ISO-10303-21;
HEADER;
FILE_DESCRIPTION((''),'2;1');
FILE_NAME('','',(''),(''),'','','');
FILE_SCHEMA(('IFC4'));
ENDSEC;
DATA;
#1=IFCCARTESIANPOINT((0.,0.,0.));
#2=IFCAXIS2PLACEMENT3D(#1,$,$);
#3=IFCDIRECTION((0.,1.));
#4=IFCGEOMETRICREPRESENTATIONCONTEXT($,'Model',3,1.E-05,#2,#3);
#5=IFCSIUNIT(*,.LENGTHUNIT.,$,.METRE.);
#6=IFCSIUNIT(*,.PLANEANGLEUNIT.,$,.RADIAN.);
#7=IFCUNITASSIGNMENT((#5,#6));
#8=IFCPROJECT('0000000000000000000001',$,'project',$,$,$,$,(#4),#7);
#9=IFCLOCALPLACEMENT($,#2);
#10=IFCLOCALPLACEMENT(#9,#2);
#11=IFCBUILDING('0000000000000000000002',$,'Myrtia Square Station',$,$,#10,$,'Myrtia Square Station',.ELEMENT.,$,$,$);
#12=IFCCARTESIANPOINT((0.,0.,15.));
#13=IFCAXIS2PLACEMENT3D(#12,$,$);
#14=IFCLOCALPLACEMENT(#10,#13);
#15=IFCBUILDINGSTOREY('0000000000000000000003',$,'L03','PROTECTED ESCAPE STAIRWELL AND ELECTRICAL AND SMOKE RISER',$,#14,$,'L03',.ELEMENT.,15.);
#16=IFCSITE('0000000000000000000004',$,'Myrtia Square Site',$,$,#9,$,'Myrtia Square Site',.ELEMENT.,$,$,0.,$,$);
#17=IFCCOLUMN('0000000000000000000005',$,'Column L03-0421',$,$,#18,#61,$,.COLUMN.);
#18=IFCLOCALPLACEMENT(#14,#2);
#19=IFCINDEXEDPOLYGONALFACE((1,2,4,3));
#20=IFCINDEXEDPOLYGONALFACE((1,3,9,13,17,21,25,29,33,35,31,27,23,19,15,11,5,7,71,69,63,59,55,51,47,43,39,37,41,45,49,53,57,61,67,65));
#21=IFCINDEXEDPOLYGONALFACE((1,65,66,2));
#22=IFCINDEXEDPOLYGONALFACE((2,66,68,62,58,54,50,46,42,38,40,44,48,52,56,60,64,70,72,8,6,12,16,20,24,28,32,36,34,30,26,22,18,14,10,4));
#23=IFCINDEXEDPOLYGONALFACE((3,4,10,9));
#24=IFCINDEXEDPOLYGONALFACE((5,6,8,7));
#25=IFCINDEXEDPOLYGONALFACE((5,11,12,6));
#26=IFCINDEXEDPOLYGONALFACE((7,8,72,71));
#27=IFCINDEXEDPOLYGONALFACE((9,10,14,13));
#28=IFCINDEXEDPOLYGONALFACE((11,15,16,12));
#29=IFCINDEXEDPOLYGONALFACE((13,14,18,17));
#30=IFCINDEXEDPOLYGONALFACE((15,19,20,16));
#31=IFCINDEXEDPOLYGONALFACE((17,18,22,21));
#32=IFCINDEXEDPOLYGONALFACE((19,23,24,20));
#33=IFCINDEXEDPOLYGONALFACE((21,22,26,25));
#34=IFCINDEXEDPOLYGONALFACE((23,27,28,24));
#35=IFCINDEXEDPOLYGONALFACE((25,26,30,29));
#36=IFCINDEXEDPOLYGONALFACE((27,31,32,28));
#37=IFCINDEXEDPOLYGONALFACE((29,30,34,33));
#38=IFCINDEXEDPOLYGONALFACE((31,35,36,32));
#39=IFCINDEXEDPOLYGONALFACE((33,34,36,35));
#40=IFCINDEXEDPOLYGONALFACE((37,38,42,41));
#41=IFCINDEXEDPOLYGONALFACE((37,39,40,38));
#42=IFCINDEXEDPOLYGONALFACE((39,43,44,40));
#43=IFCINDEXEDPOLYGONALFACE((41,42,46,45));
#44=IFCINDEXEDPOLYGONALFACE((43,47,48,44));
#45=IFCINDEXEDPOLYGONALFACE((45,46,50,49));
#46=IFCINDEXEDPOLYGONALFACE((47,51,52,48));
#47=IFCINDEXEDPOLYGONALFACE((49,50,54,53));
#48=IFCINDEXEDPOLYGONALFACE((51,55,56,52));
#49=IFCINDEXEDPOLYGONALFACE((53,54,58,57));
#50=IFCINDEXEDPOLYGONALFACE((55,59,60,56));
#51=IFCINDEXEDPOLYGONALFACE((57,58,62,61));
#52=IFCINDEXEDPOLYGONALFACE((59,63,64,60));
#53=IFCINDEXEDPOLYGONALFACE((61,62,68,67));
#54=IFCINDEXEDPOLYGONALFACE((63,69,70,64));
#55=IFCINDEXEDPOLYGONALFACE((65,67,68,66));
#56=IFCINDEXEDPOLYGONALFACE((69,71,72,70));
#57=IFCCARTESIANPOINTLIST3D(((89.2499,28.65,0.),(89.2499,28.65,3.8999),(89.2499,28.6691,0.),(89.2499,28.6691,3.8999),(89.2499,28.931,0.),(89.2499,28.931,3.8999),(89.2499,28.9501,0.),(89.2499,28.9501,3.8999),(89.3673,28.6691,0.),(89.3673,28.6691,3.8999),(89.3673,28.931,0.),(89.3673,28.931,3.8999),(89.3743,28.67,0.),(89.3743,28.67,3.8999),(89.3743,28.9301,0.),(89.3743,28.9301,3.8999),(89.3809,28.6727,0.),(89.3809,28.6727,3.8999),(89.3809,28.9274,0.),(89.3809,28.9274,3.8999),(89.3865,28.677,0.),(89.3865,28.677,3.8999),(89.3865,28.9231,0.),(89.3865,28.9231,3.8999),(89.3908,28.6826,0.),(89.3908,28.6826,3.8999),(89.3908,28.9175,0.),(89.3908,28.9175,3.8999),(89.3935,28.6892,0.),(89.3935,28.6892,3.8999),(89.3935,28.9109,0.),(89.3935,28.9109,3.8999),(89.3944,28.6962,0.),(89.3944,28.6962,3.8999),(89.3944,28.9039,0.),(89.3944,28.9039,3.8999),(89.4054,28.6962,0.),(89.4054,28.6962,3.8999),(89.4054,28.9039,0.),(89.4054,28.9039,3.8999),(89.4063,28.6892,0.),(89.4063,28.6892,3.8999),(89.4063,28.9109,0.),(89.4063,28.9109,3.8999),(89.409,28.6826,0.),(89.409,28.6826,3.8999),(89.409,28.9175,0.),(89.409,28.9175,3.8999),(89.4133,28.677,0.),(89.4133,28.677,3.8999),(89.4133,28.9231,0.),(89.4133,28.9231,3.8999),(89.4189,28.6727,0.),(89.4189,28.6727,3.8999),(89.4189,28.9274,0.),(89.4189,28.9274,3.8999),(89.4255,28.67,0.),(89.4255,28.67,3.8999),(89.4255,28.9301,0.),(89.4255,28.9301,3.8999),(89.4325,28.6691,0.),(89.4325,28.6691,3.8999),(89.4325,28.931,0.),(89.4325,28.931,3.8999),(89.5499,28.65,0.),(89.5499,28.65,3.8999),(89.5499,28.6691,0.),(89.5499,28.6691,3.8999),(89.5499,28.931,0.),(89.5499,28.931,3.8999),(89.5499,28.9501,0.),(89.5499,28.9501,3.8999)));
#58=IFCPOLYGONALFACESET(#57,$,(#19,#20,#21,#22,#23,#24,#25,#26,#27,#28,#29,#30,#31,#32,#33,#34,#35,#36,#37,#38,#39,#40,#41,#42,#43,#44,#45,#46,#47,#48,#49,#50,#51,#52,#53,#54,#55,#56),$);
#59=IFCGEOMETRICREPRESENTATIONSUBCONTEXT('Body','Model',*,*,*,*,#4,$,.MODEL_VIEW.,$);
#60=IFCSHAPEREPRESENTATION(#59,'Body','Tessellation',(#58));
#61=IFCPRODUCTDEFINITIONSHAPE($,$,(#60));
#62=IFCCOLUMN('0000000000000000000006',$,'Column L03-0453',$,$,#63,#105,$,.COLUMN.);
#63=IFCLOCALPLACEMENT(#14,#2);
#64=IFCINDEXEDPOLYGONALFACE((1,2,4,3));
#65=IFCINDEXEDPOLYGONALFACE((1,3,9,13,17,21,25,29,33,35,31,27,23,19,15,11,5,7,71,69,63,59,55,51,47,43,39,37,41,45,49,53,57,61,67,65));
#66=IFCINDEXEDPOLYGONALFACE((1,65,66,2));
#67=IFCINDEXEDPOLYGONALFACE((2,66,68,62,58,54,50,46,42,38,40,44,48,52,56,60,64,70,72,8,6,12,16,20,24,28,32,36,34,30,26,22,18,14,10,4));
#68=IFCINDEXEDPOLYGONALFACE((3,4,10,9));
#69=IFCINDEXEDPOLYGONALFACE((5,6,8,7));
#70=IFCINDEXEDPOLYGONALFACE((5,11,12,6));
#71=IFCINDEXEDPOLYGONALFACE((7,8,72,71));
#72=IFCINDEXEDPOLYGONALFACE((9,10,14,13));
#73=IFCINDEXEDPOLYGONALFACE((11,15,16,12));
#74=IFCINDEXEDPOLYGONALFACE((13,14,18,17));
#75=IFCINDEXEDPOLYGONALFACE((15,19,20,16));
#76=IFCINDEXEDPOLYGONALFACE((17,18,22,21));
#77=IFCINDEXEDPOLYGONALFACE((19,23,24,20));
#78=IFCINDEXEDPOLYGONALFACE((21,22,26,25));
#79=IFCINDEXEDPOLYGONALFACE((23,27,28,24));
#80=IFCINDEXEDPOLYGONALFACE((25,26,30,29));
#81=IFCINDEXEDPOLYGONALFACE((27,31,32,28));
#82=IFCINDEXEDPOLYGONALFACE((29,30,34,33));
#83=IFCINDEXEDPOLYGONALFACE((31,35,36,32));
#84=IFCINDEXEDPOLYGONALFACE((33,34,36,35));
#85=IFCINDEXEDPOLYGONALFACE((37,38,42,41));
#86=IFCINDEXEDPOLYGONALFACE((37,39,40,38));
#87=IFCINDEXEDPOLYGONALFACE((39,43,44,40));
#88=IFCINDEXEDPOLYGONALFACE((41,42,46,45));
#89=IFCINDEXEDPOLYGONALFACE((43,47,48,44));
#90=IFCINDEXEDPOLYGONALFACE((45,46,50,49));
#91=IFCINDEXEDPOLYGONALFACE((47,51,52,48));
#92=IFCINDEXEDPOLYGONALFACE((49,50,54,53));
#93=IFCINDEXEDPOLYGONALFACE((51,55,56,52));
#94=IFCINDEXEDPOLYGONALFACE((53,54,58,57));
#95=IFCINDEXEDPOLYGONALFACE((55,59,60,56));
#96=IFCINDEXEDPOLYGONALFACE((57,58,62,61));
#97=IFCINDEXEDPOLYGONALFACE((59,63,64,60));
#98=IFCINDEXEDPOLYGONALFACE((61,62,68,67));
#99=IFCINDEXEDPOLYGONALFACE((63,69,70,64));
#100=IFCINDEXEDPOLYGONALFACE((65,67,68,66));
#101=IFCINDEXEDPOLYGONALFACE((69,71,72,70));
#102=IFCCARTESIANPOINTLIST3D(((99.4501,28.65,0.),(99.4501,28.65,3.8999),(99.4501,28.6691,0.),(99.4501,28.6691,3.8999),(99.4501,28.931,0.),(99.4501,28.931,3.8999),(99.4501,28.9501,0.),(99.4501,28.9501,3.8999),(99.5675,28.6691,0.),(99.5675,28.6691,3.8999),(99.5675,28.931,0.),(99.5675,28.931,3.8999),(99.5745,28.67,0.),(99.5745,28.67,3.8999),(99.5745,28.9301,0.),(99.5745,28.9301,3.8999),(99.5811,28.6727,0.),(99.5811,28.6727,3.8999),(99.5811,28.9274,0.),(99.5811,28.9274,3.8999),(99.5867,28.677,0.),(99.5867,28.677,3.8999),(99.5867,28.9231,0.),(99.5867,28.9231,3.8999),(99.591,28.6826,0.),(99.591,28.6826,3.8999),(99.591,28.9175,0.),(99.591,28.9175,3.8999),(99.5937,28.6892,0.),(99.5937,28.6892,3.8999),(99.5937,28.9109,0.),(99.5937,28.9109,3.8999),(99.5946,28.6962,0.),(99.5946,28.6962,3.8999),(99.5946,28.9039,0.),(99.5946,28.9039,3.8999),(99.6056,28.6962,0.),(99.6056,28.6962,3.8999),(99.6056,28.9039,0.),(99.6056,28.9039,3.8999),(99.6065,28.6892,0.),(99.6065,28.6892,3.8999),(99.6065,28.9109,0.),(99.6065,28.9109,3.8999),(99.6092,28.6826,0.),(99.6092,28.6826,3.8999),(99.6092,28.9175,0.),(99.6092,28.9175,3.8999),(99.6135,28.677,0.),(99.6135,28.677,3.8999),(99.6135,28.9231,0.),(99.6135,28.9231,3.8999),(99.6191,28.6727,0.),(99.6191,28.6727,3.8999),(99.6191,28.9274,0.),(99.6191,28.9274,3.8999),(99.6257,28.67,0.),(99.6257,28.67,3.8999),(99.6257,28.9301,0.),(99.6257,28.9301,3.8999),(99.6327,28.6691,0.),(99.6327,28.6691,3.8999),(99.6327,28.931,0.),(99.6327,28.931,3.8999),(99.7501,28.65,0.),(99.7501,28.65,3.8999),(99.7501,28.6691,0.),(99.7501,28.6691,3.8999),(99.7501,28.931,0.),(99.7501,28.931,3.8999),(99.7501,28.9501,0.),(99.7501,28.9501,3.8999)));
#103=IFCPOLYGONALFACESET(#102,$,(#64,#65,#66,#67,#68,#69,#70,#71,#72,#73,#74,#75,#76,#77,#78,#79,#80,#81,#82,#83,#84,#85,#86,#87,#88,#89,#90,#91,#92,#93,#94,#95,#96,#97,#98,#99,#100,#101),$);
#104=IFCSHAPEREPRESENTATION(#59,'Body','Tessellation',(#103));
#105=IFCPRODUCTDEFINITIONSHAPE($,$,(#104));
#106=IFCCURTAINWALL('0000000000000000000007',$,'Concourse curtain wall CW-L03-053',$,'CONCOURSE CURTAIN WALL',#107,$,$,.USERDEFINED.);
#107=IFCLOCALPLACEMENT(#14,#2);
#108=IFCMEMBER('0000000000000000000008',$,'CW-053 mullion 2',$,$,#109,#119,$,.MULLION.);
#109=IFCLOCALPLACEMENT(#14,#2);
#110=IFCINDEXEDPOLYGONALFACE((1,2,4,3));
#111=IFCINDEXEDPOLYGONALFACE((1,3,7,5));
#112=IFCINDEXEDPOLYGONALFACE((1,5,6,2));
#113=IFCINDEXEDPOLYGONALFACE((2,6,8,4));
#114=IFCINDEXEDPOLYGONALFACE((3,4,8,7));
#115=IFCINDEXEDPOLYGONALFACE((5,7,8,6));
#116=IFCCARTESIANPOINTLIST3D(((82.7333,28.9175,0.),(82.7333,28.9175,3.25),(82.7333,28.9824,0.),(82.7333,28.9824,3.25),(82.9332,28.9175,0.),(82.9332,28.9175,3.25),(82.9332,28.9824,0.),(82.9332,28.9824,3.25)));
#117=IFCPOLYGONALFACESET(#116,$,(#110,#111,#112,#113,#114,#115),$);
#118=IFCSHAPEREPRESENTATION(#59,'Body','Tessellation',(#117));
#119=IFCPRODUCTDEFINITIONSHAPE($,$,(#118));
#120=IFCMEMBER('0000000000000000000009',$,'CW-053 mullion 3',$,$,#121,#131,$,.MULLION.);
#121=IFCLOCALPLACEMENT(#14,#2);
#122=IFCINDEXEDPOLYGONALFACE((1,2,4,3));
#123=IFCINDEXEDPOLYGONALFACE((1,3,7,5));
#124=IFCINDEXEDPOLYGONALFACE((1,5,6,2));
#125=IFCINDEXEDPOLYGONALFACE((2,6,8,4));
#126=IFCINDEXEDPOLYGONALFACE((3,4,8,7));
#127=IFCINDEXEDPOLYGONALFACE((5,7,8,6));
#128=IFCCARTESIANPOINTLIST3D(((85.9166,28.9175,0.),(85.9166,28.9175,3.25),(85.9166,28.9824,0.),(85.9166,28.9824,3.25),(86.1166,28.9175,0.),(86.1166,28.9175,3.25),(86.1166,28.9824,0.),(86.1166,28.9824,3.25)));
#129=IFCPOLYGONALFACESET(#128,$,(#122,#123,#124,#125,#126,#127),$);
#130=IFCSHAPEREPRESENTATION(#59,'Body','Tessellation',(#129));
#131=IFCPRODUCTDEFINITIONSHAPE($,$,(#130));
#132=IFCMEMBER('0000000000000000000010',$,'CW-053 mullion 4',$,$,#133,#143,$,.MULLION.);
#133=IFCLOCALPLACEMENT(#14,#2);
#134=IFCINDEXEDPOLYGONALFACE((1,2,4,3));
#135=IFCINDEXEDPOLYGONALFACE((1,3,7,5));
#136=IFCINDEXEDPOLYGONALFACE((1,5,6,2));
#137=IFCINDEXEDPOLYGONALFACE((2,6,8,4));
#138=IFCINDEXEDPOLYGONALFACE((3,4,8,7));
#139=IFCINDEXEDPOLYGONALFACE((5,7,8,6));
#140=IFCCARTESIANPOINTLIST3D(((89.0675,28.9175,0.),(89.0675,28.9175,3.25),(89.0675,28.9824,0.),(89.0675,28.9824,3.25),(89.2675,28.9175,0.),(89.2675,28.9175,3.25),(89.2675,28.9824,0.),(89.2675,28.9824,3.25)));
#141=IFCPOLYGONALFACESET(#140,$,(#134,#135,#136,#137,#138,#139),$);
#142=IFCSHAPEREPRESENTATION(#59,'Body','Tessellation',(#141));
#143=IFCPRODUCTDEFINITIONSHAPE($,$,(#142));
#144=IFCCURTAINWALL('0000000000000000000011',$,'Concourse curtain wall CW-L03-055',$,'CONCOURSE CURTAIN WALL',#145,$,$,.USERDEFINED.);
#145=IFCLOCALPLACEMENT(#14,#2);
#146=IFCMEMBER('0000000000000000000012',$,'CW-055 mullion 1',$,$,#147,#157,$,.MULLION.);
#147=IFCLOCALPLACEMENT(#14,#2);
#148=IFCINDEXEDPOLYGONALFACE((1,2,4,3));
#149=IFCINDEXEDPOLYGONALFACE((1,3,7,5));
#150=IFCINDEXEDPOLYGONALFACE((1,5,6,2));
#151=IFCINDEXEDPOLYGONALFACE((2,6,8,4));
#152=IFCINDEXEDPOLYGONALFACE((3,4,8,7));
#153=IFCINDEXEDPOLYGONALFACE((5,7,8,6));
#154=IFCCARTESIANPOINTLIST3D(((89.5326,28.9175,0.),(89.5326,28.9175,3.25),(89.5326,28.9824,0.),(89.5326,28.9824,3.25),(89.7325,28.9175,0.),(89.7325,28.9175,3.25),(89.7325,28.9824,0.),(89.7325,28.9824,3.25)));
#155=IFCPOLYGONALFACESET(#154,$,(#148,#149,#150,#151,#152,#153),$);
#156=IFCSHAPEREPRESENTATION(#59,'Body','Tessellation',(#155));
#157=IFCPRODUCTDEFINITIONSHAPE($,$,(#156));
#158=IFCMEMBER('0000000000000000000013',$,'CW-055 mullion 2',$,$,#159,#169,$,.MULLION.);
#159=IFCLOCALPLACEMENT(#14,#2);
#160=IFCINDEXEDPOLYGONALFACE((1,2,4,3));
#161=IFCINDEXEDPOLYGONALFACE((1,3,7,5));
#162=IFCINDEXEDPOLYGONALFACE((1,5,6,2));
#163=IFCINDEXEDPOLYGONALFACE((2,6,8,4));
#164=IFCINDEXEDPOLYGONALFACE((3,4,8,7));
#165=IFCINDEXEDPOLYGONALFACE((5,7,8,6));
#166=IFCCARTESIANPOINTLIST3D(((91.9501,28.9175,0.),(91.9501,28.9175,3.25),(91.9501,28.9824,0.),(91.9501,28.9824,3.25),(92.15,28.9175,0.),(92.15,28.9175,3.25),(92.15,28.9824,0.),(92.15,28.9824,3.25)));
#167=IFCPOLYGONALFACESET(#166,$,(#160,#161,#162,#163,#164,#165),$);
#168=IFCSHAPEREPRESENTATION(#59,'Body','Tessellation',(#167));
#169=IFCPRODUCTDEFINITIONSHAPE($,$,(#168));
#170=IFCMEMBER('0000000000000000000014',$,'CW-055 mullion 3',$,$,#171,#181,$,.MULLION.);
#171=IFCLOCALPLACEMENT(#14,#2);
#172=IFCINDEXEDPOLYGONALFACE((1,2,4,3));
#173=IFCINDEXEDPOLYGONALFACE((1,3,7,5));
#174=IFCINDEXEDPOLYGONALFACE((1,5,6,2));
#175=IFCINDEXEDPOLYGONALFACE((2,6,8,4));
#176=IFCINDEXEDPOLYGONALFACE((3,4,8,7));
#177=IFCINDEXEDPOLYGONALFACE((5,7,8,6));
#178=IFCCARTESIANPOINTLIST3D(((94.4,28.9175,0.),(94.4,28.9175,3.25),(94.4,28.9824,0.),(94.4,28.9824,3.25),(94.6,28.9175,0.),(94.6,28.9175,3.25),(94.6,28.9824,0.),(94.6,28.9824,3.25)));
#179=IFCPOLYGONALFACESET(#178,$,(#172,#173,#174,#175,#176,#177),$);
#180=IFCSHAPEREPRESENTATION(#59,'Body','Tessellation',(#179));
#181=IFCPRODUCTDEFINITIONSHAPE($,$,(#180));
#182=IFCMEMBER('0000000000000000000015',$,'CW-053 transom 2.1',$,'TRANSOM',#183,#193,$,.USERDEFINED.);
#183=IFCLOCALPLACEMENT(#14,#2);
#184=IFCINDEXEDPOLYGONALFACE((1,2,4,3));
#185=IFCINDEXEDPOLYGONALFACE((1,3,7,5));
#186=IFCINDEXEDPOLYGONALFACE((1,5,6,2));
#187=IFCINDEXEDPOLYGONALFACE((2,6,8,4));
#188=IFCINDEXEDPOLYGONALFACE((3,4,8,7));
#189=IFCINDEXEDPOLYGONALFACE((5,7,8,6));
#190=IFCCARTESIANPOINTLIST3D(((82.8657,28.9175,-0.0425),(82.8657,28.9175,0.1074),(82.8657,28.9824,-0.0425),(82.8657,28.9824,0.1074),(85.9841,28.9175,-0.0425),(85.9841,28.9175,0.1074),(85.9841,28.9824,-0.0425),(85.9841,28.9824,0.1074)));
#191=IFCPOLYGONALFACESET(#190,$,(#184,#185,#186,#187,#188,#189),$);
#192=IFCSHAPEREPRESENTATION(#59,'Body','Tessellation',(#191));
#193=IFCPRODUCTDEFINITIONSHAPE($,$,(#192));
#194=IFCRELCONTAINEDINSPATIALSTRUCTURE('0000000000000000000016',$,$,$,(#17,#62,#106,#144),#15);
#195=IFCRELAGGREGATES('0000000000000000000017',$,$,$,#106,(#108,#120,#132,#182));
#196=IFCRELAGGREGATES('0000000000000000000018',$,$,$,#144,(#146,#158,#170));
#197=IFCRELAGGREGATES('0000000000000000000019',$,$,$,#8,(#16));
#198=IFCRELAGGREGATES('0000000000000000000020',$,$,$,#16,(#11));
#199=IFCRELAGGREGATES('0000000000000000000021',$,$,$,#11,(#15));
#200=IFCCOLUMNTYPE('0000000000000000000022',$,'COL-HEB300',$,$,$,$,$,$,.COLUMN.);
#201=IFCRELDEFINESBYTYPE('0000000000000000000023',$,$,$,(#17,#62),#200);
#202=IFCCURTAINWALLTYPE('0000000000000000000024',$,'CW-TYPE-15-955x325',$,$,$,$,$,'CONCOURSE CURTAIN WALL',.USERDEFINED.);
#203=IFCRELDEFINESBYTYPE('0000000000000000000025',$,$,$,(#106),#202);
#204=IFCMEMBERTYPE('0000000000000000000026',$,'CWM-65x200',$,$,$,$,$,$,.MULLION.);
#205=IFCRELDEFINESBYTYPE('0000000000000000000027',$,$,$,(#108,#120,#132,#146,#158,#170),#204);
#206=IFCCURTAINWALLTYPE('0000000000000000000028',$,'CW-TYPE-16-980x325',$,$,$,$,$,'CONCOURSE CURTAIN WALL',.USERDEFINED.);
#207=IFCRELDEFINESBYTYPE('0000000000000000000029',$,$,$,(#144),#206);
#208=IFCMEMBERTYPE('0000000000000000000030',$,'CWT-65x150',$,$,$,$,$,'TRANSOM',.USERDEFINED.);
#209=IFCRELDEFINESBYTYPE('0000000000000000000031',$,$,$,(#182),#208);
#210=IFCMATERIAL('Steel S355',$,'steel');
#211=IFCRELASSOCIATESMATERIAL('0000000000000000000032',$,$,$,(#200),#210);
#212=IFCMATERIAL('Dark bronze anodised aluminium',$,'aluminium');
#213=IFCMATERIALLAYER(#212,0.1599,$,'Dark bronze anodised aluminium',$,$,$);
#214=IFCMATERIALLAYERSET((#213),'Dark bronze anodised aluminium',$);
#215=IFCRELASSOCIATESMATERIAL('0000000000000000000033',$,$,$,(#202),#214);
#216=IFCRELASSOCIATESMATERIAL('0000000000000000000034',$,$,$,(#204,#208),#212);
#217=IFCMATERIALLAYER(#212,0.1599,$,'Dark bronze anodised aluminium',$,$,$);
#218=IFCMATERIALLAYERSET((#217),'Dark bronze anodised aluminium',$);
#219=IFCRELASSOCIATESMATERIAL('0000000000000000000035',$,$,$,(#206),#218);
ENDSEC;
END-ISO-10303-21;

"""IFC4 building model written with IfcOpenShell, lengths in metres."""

from ifc_helpers import new_model, si_unit, direction, frame, origin, origin_2d, place, context, subcontext, project, spatial, rectangle, i_section, extrude, material, layer, layer_set, material_profile, profile_set, type_object, element, aggregate, save


model = new_model("IFC4")

# Units and contexts
model_context = context("Model", 3, precision=1e-05, world=origin(), true_north=direction((0.0, 1.0)))
body_context = subcontext(model_context, "Body", "Model", "MODEL_VIEW")
ifc_project = project(units=[si_unit("LENGTHUNIT", "METRE"), si_unit("PLANEANGLEUNIT", "RADIAN")], contexts=[model_context])

# Site, building, storey
site_placement = place(None, origin())
site = spatial("IfcSite", under=ifc_project, at=site_placement, Name="Myrtia Square Site", LongName="Myrtia Square Site", CompositionType="ELEMENT", RefElevation=0.0)
building_placement = place(site_placement, origin())
building = spatial("IfcBuilding", under=site, at=building_placement, Name="Myrtia Square Station", LongName="Myrtia Square Station", CompositionType="ELEMENT")
storey_placement = place(building_placement, frame((0.0, 0.0, 15.0)))
storey = spatial("IfcBuildingStorey", under=building, at=storey_placement, Name="L03", Description="PROTECTED ESCAPE STAIRWELL AND ELECTRICAL AND SMOKE RISER", LongName="L03", CompositionType="ELEMENT", Elevation=15.0)

# Columns
ifc_material_1 = material(Name="Steel S355", Category="steel")
ifc_material_profile_1 = material_profile(ifc_material_1, i_section(OverallWidth=0.3, OverallDepth=0.3, WebThickness=0.011, FlangeThickness=0.019, FilletRadius=0.0271, at=origin_2d()), Name="HEB 300")
ifc_profile_set_1 = profile_set([ifc_material_profile_1], Name="Steel S355")
column_type = type_object("IfcColumnType", Name="COL-HEB300", PredefinedType="COLUMN", material=ifc_profile_set_1)
for number, where, z_axis, x_axis, name in (
    (1, (89.3999, 28.8, 0.0), (0.0, 0.0, 1.0), (1.0, 0.0, 0.0), "Column L03-0421"),
    (2, (99.6001, 28.8, 0.0), (0.0, 0.0, 1.0), (1.0, 0.0, 0.0), "Column L03-0453"),
):
    element("IfcColumn", number, at=place(storey_placement, frame(where, z_axis=z_axis, x_axis=x_axis)), inside=storey, type_object=column_type, Name=name, PredefinedType="COLUMN", context=body_context, shape_type="SweptSolid", body=[
        extrude(i_section(OverallWidth=0.3, OverallDepth=0.3, WebThickness=0.011, FlangeThickness=0.019, FilletRadius=0.0271, at=origin_2d()), origin(), (0.0, 0.0, 1.0), 3.8999),
    ])

# Curtain walls, members
ifc_material_2 = material(Name="Dark bronze anodised aluminium", Category="aluminium")
ifc_layer_1 = layer(ifc_material_2, 0.1599, Name="Dark bronze anodised aluminium")
ifc_layer_set_1 = layer_set([ifc_layer_1], Name="Dark bronze anodised aluminium")
curtain_wall_type_1 = type_object("IfcCurtainWallType", Name="CW-TYPE-15-955x325", ElementType="CONCOURSE CURTAIN WALL", PredefinedType="USERDEFINED", material=ifc_layer_set_1)
curtain_wall_1_placement = place(storey_placement, origin())
curtain_wall_1 = element("IfcCurtainWall", 3, at=curtain_wall_1_placement, inside=storey, type_object=curtain_wall_type_1, Name="Concourse curtain wall CW-L03-053", ObjectType="CONCOURSE CURTAIN WALL", PredefinedType="USERDEFINED")
ifc_material_profile_2 = material_profile(ifc_material_2, rectangle(XDim=0.0649, YDim=0.2, at=origin_2d()), Name="ALU-M 65x200")
ifc_profile_set_2 = profile_set([ifc_material_profile_2], Name="Dark bronze anodised aluminium")
member_type_1 = type_object("IfcMemberType", Name="CWM-65x200", PredefinedType="MULLION", material=ifc_profile_set_2)
member_1_placement = place(storey_placement, frame((82.8333, 28.95, 0.0), z_axis=(0.0, 0.0, 1.0), x_axis=(0.0, 1.0, 0.0)))
member_1 = element("IfcMember", 4, at=member_1_placement, type_object=member_type_1, Name="CW-053 mullion 2", PredefinedType="MULLION", context=body_context, shape_type="SweptSolid", body=[
    extrude(rectangle(XDim=0.0649, YDim=0.2, at=origin_2d()), origin(), (0.0, 0.0, 1.0), 3.25),
])
member_2_placement = place(storey_placement, frame((86.0166, 28.95, 0.0), z_axis=(0.0, 0.0, 1.0), x_axis=(0.0, 1.0, 0.0)))
member_2 = element("IfcMember", 5, at=member_2_placement, type_object=member_type_1, Name="CW-053 mullion 3", PredefinedType="MULLION", context=body_context, shape_type="SweptSolid", body=[
    extrude(rectangle(XDim=0.0649, YDim=0.2, at=origin_2d()), origin(), (0.0, 0.0, 1.0), 3.25),
])
member_3_placement = place(storey_placement, frame((89.1675, 28.95, 0.0), z_axis=(0.0, 0.0, 1.0), x_axis=(0.0, 1.0, 0.0)))
member_3 = element("IfcMember", 6, at=member_3_placement, type_object=member_type_1, Name="CW-053 mullion 4", PredefinedType="MULLION", context=body_context, shape_type="SweptSolid", body=[
    extrude(rectangle(XDim=0.0649, YDim=0.2, at=origin_2d()), origin(), (0.0, 0.0, 1.0), 3.25),
])
ifc_layer_2 = layer(ifc_material_2, 0.1599, Name="Dark bronze anodised aluminium")
ifc_layer_set_2 = layer_set([ifc_layer_2], Name="Dark bronze anodised aluminium")
curtain_wall_type_2 = type_object("IfcCurtainWallType", Name="CW-TYPE-16-980x325", ElementType="CONCOURSE CURTAIN WALL", PredefinedType="USERDEFINED", material=ifc_layer_set_2)
curtain_wall_2_placement = place(storey_placement, origin())
curtain_wall_2 = element("IfcCurtainWall", 7, at=curtain_wall_2_placement, inside=storey, type_object=curtain_wall_type_2, Name="Concourse curtain wall CW-L03-055", ObjectType="CONCOURSE CURTAIN WALL", PredefinedType="USERDEFINED")
member_4_placement = place(storey_placement, frame((89.6326, 28.95, 0.0), z_axis=(0.0, 0.0, 1.0), x_axis=(0.0, 1.0, 0.0)))
member_4 = element("IfcMember", 8, at=member_4_placement, type_object=member_type_1, Name="CW-055 mullion 1", PredefinedType="MULLION", context=body_context, shape_type="SweptSolid", body=[
    extrude(rectangle(XDim=0.0649, YDim=0.2, at=origin_2d()), origin(), (0.0, 0.0, 1.0), 3.25),
])
member_5_placement = place(storey_placement, frame((92.05, 28.95, 0.0), z_axis=(0.0, 0.0, 1.0), x_axis=(0.0, 1.0, 0.0)))
member_5 = element("IfcMember", 9, at=member_5_placement, type_object=member_type_1, Name="CW-055 mullion 2", PredefinedType="MULLION", context=body_context, shape_type="SweptSolid", body=[
    extrude(rectangle(XDim=0.0649, YDim=0.2, at=origin_2d()), origin(), (0.0, 0.0, 1.0), 3.25),
])
member_6_placement = place(storey_placement, frame((94.5, 28.95, 0.0), z_axis=(0.0, 0.0, 1.0), x_axis=(0.0, 1.0, 0.0)))
member_6 = element("IfcMember", 10, at=member_6_placement, type_object=member_type_1, Name="CW-055 mullion 3", PredefinedType="MULLION", context=body_context, shape_type="SweptSolid", body=[
    extrude(rectangle(XDim=0.0649, YDim=0.2, at=origin_2d()), origin(), (0.0, 0.0, 1.0), 3.25),
])

# Member
ifc_material_profile_3 = material_profile(ifc_material_2, rectangle(XDim=0.0649, YDim=0.1499, at=origin_2d()), Name="ALU-T 65x150")
ifc_profile_set_3 = profile_set([ifc_material_profile_3], Name="Dark bronze anodised aluminium")
member_type_2 = type_object("IfcMemberType", Name="CWT-65x150", ElementType="TRANSOM", PredefinedType="USERDEFINED", material=ifc_profile_set_3)
member_7_placement = place(storey_placement, frame((82.8657, 28.95, 0.0325), z_axis=(1.0, 0.0, 0.0), x_axis=(0.0, 1.0, 0.0)))
member_7 = element("IfcMember", 11, at=member_7_placement, type_object=member_type_2, Name="CW-053 transom 2.1", ObjectType="TRANSOM", PredefinedType="USERDEFINED", context=body_context, shape_type="SweptSolid", body=[
    extrude(rectangle(XDim=0.0649, YDim=0.1499, at=origin_2d()), origin(), (0.0, 0.0, 1.0), 3.1184),
])

aggregate(curtain_wall_1, [member_1, member_2, member_3, member_7])
aggregate(curtain_wall_2, [member_4, member_5, member_6])

save(model, "model.ifc")
